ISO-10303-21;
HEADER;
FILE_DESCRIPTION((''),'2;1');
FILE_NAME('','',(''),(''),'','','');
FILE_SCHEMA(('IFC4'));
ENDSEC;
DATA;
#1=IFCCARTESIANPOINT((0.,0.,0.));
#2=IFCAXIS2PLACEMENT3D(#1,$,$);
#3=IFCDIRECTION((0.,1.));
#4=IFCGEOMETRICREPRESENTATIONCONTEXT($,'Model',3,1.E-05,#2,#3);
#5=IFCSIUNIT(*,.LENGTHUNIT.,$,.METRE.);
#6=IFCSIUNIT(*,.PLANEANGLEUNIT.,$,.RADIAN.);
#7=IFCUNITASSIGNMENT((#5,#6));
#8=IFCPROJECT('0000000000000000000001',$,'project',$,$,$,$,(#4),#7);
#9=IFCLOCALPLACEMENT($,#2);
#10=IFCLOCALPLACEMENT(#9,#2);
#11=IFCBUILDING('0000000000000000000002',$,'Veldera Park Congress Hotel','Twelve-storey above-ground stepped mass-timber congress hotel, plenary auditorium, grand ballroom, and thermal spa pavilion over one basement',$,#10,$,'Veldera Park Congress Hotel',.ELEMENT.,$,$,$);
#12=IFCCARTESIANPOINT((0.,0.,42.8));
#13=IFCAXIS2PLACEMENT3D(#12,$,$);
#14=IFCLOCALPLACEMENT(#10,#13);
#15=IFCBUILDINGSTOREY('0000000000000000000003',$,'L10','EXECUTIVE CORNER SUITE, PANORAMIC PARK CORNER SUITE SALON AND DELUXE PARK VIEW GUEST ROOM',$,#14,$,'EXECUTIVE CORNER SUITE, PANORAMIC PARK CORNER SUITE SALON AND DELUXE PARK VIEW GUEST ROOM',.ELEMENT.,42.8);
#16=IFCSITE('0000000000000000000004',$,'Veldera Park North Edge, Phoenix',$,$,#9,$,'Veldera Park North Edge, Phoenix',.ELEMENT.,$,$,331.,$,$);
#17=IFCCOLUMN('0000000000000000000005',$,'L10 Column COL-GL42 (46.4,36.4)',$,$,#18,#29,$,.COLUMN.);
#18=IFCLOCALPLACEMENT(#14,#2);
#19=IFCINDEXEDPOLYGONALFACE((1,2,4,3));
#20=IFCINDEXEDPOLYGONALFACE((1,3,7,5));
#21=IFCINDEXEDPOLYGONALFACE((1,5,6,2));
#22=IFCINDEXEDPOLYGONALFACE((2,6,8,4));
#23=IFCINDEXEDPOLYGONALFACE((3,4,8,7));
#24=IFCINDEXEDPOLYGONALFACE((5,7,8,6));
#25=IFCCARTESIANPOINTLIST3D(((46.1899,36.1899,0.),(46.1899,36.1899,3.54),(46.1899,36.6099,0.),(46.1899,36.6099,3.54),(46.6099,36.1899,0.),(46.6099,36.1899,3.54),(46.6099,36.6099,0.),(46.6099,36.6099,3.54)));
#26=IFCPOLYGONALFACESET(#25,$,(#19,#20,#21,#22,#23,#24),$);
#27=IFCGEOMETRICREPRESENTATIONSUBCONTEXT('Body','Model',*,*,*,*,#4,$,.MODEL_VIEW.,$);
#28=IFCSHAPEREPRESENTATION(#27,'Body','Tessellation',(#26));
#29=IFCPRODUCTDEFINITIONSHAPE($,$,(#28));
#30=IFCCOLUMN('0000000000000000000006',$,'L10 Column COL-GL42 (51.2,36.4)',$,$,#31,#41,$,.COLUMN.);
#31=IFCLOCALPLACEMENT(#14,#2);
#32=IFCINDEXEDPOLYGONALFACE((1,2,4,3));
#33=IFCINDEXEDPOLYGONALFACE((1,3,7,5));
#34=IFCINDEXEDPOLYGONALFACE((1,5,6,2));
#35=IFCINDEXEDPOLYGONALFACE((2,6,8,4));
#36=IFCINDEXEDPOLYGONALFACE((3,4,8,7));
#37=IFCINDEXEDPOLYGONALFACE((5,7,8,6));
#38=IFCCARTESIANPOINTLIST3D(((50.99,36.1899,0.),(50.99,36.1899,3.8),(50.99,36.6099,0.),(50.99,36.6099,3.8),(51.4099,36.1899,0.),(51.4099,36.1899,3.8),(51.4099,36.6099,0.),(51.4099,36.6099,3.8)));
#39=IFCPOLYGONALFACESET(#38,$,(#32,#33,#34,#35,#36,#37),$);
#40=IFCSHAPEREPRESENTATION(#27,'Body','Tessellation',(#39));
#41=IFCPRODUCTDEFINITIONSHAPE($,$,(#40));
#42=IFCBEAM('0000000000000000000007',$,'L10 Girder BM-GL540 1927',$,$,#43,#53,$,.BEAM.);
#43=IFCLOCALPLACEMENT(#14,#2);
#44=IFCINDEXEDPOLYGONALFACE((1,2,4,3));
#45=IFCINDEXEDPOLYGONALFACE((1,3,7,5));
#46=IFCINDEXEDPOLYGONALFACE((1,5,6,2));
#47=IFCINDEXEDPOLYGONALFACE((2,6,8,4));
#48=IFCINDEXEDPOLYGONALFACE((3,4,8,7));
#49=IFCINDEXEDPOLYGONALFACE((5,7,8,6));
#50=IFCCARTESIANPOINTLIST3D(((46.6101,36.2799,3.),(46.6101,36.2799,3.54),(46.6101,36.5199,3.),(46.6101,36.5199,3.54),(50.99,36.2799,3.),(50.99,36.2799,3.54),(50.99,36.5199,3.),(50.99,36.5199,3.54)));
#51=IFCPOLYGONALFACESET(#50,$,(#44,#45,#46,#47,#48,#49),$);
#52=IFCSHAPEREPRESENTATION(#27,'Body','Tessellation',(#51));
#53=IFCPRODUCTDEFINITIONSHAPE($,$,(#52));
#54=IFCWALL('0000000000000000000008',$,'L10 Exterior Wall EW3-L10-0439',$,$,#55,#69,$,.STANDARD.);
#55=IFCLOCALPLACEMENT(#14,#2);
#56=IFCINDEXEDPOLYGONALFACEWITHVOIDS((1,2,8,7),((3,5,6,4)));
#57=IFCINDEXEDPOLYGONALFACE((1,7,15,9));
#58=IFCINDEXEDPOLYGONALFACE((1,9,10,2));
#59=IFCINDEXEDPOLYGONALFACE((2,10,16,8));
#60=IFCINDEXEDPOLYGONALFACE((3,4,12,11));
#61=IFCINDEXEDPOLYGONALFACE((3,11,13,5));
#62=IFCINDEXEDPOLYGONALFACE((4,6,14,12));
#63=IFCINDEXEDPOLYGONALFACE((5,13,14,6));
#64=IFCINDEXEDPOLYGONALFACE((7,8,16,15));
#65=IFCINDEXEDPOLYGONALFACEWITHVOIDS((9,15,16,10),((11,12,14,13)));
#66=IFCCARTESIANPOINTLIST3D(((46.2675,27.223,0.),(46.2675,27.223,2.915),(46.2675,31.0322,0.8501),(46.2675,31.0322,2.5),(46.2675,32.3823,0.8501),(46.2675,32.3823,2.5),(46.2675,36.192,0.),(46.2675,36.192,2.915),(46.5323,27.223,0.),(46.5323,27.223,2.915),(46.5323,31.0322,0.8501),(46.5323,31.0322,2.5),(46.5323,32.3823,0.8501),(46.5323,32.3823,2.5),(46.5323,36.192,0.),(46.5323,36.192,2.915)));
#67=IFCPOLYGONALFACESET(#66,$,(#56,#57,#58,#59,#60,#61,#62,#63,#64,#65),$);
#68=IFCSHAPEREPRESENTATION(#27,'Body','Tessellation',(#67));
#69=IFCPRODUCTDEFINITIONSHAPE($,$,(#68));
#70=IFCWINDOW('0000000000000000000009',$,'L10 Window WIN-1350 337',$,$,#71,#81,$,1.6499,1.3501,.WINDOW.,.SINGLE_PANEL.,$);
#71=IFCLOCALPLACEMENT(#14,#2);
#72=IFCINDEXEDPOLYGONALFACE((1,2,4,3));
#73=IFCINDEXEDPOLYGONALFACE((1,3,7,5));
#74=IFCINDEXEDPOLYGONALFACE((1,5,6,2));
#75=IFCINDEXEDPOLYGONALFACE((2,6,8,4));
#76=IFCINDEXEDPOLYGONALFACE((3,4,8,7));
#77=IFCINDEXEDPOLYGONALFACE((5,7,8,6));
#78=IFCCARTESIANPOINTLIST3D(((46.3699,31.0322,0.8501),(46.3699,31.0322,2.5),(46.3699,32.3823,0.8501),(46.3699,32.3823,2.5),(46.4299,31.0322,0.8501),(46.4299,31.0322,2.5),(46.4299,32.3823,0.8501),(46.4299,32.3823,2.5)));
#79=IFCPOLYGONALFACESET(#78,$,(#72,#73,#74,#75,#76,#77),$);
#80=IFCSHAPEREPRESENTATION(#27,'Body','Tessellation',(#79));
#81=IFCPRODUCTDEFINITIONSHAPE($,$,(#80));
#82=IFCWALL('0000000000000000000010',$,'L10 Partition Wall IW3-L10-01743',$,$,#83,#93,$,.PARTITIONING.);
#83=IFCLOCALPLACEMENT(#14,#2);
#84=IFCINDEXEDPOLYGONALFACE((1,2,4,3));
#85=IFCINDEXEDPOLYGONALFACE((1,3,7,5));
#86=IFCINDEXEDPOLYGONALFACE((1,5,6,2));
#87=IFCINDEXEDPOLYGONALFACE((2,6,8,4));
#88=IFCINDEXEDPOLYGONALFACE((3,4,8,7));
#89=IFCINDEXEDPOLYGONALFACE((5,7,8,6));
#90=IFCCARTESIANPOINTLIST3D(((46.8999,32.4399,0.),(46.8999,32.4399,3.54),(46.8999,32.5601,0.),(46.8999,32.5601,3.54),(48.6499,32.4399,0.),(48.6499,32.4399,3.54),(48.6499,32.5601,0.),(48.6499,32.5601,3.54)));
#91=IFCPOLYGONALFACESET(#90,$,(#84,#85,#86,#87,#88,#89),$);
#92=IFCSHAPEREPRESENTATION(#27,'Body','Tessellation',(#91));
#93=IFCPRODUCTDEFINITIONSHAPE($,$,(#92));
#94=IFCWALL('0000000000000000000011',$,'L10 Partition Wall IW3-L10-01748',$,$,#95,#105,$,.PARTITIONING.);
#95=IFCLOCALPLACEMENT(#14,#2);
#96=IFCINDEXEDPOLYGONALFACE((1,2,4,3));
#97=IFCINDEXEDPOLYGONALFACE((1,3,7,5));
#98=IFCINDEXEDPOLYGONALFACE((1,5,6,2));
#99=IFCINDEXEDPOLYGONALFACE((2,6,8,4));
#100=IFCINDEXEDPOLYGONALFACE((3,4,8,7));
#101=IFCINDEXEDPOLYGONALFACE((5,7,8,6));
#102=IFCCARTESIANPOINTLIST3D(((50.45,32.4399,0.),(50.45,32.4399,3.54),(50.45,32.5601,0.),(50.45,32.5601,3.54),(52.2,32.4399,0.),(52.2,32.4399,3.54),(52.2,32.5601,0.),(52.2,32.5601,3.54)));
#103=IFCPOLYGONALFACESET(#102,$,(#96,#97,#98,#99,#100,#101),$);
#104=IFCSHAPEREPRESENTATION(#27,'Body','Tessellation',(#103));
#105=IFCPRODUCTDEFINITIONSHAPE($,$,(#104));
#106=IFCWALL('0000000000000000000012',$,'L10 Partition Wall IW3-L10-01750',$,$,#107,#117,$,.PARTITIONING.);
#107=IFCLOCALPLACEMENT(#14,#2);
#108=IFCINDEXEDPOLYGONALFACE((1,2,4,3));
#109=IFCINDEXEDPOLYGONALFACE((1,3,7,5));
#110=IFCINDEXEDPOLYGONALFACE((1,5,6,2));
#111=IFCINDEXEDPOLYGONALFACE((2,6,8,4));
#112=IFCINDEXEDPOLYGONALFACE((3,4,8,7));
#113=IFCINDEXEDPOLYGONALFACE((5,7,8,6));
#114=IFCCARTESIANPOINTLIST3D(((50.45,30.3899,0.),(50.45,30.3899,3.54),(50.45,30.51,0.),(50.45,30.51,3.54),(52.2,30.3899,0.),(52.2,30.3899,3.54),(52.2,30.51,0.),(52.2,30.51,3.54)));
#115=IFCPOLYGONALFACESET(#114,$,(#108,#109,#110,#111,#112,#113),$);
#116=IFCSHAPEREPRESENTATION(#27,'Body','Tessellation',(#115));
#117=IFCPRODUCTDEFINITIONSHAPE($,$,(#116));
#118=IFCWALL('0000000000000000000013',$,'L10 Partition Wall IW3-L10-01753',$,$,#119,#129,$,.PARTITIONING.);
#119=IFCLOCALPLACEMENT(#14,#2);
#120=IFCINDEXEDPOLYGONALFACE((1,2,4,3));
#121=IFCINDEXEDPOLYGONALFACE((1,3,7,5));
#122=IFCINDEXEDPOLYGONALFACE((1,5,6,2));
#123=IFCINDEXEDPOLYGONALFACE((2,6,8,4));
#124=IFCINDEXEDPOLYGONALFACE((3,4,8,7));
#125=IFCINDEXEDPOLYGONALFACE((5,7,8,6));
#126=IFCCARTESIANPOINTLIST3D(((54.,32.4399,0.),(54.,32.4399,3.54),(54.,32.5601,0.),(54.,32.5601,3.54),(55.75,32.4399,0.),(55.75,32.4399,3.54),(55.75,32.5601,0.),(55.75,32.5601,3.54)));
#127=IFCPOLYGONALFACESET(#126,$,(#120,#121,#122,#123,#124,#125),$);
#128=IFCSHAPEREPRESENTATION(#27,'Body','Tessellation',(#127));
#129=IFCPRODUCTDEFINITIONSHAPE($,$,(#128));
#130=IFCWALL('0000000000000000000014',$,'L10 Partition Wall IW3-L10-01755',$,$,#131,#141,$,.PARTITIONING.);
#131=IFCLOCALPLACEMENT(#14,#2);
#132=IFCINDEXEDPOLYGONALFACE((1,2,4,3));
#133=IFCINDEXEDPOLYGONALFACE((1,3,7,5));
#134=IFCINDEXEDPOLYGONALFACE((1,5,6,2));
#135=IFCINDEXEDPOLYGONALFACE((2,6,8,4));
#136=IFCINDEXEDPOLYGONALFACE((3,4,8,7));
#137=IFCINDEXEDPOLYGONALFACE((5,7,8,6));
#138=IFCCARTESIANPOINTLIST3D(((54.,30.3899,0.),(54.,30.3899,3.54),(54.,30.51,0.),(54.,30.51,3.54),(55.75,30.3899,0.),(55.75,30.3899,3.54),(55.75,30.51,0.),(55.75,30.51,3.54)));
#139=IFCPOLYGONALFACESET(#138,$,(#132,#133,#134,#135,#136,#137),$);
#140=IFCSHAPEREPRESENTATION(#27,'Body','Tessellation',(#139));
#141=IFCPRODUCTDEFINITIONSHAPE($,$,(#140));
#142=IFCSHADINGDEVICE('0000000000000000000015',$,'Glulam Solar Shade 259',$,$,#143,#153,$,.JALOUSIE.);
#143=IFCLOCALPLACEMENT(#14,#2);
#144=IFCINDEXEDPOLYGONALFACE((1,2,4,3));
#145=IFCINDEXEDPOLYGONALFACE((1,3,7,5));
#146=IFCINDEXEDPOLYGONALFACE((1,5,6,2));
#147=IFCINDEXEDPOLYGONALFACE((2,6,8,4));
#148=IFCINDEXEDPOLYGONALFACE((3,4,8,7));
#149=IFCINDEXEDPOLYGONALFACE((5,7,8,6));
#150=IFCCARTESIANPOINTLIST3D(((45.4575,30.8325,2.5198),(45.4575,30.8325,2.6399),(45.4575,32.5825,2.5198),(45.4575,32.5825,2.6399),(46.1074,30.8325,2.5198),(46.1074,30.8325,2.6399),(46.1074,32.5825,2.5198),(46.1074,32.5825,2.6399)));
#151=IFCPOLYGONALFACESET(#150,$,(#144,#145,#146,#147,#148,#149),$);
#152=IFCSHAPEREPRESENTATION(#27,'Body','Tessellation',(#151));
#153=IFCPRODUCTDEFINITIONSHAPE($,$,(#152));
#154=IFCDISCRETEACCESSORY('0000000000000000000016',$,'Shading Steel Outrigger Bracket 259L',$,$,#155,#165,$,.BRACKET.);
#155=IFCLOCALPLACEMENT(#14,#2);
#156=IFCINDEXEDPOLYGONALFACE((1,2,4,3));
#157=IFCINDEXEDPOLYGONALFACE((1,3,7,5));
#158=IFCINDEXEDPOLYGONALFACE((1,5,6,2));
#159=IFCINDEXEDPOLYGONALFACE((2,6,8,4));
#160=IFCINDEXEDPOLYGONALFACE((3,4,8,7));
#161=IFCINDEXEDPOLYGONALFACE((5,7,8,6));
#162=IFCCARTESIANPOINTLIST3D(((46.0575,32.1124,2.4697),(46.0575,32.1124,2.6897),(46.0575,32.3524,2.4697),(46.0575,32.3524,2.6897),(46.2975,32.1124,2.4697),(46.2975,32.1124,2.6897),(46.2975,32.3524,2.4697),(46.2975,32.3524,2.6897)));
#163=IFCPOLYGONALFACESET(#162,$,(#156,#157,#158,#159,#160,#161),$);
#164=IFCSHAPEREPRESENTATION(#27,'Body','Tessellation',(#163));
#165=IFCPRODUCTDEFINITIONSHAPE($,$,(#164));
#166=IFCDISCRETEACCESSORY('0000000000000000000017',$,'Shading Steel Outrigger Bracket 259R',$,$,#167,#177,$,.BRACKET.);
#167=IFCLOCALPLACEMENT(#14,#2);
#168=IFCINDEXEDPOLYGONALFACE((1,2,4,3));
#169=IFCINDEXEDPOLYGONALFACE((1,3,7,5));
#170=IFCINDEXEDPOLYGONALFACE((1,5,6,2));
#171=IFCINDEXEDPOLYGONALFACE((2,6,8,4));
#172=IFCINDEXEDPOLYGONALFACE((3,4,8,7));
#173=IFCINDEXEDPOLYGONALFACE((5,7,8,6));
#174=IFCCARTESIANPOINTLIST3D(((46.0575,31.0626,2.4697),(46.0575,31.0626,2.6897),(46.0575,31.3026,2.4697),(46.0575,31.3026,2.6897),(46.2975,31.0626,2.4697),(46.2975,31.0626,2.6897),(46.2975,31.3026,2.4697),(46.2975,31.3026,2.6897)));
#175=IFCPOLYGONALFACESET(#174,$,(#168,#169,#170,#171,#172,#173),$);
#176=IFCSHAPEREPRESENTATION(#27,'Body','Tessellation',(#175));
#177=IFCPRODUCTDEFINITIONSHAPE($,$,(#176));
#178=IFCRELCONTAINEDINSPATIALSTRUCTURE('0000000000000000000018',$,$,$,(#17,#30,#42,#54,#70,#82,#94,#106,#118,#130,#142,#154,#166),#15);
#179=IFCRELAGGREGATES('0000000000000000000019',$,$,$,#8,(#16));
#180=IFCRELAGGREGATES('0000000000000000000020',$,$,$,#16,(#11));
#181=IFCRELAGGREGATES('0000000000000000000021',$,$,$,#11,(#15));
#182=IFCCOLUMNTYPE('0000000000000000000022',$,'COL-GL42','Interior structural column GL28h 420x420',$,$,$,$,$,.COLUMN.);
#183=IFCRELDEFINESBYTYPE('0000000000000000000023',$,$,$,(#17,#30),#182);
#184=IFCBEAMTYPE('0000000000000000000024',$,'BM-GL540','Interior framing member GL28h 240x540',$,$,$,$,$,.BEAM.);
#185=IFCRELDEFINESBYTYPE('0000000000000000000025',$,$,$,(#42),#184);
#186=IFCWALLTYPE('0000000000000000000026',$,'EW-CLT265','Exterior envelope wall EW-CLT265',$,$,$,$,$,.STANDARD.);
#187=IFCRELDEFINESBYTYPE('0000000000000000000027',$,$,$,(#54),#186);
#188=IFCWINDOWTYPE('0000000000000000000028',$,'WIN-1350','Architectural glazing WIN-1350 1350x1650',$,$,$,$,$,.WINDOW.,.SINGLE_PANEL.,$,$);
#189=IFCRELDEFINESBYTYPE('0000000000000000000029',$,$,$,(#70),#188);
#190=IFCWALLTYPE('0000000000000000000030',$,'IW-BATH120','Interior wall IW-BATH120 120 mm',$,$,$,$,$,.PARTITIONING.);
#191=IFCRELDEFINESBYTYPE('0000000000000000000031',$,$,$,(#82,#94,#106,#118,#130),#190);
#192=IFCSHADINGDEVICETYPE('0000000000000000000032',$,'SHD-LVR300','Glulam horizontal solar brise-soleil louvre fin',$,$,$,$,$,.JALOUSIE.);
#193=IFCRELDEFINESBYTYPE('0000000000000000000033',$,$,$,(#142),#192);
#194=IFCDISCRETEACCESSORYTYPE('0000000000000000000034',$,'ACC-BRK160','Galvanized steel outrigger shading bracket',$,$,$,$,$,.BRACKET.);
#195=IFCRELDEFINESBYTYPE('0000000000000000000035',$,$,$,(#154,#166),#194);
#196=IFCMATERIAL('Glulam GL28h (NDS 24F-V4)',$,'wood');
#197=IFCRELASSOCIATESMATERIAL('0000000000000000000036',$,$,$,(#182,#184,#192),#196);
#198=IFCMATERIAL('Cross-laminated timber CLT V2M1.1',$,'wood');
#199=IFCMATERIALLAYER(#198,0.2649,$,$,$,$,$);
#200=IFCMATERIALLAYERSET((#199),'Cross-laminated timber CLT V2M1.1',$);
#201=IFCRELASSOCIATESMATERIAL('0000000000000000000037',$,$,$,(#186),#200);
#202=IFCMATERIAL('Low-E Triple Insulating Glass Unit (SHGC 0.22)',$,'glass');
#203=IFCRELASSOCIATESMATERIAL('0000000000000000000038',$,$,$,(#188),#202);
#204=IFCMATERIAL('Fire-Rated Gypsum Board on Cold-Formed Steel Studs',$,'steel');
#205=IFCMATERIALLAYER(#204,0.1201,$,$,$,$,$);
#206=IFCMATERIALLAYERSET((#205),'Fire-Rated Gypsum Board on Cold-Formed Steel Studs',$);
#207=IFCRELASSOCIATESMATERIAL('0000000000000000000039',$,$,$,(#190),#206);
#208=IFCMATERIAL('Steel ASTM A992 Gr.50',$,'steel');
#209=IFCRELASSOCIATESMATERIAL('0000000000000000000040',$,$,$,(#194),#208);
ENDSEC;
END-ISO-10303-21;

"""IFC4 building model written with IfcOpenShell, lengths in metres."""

from ifc_helpers import new_model, si_unit, direction, frame, frame_2d, origin, origin_2d, place, context, subcontext, project, spatial, rectangle, extrude, material, layer, layer_set, material_profile, profile_set, type_object, element, fill, save


model = new_model("IFC4")

# Units and contexts
model_context = context("Model", 3, precision=1e-05, world=origin(), true_north=direction((0.0, 1.0)))
body_context = subcontext(model_context, "Body", "Model", "MODEL_VIEW")
ifc_project = project(units=[si_unit("LENGTHUNIT", "METRE"), si_unit("PLANEANGLEUNIT", "RADIAN")], contexts=[model_context])

# Site, building, storey
site_placement = place(None, origin())
site = spatial("IfcSite", under=ifc_project, at=site_placement, Name="Veldera Park North Edge, Phoenix", LongName="Veldera Park North Edge, Phoenix", CompositionType="ELEMENT", RefElevation=331.0)
building_placement = place(site_placement, origin())
building = spatial("IfcBuilding", under=site, at=building_placement, Name="Veldera Park Congress Hotel", Description="Twelve-storey above-ground stepped mass-timber congress hotel, plenary auditorium, grand ballroom, and thermal spa pavilion over one basement", LongName="Veldera Park Congress Hotel", CompositionType="ELEMENT")
storey_placement = place(building_placement, frame((0.0, 0.0, 42.8)))
storey = spatial("IfcBuildingStorey", under=building, at=storey_placement, Name="L10", Description="EXECUTIVE CORNER SUITE, PANORAMIC PARK CORNER SUITE SALON AND DELUXE PARK VIEW GUEST ROOM", LongName="EXECUTIVE CORNER SUITE, PANORAMIC PARK CORNER SUITE SALON AND DELUXE PARK VIEW GUEST ROOM", CompositionType="ELEMENT", Elevation=42.8)

# Columns
ifc_material_1 = material(Name="Glulam GL28h (NDS 24F-V4)", Category="wood")
ifc_material_profile_1 = material_profile(ifc_material_1, rectangle(XDim=0.4199, YDim=0.4199, at=origin_2d()), Name="GL28h 420x420")
ifc_profile_set_1 = profile_set([ifc_material_profile_1], Name="Glulam GL28h (NDS 24F-V4)")
column_type = type_object("IfcColumnType", Name="COL-GL42", Description="Interior structural column GL28h 420x420", PredefinedType="COLUMN", material=ifc_profile_set_1)
column_1_placement = place(storey_placement, frame((46.3999, 36.3999, 0.0), z_axis=(0.0, 0.0, 1.0), x_axis=(1.0, 0.0, 0.0)))
element("IfcColumn", 1, at=column_1_placement, inside=storey, type_object=column_type, Name="L10 Column COL-GL42 (46.4,36.4)", PredefinedType="COLUMN", context=body_context, shape_type="SweptSolid", body=[
    extrude(rectangle(XDim=0.4199, YDim=0.4199, at=origin_2d()), origin(), (0.0, 0.0, 1.0), 3.54),
])
column_2_placement = place(storey_placement, frame((51.2, 36.3999, 0.0), z_axis=(0.0, 0.0, 1.0), x_axis=(1.0, 0.0, 0.0)))
element("IfcColumn", 2, at=column_2_placement, inside=storey, type_object=column_type, Name="L10 Column COL-GL42 (51.2,36.4)", PredefinedType="COLUMN", context=body_context, shape_type="SweptSolid", body=[
    extrude(rectangle(XDim=0.4199, YDim=0.4199, at=origin_2d()), origin(), (0.0, 0.0, 1.0), 3.8),
])

# Beam
ifc_material_profile_2 = material_profile(ifc_material_1, rectangle(XDim=0.24, YDim=0.54, at=origin_2d()), Name="GL28h 240x540")
ifc_profile_set_2 = profile_set([ifc_material_profile_2], Name="Glulam GL28h (NDS 24F-V4)")
beam_type = type_object("IfcBeamType", Name="BM-GL540", Description="Interior framing member GL28h 240x540", PredefinedType="BEAM", material=ifc_profile_set_2)
beam_placement = place(storey_placement, frame((46.6101, 36.3999, 3.27), z_axis=(1.0, 0.0, 0.0), x_axis=(0.0, 1.0, 0.0)))
element("IfcBeam", 3, at=beam_placement, inside=storey, type_object=beam_type, Name="L10 Girder BM-GL540 1927", PredefinedType="BEAM", context=body_context, shape_type="SweptSolid", body=[
    extrude(rectangle(XDim=0.24, YDim=0.54, at=origin_2d()), origin(), (0.0, 0.0, 1.0), 4.3799),
])

# Wall, opening, window
ifc_material_2 = material(Name="Cross-laminated timber CLT V2M1.1", Category="wood")
ifc_layer_1 = layer(ifc_material_2, 0.2649)
ifc_layer_set_1 = layer_set([ifc_layer_1], Name="Cross-laminated timber CLT V2M1.1")
wall_type_1 = type_object("IfcWallType", Name="EW-CLT265", Description="Exterior envelope wall EW-CLT265", PredefinedType="STANDARD", material=ifc_layer_set_1)
wall_1_placement = place(storey_placement, frame((46.3999, 36.1919, 0.0), z_axis=(0.0, 0.0, 1.0), x_axis=(0.0, -1.0, 0.0)))
wall_1 = element("IfcWall", 4, at=wall_1_placement, inside=storey, type_object=wall_type_1, Name="L10 Exterior Wall EW3-L10-0439", PredefinedType="STANDARD", context=body_context, shape_type="SweptSolid", body=[
    extrude(rectangle(XDim=8.969, YDim=0.2649, at=frame_2d((4.4844, 0.0))), origin(), (0.0, 0.0, 1.0), 2.915),
])
opening_1_placement = place(wall_1_placement, frame((3.8096, 0.0, 0.8501)))
opening_1 = element("IfcOpeningElement", 5, at=opening_1_placement, cuts=wall_1, PredefinedType="OPENING", context=body_context, shape_type="SweptSolid", body=[
    extrude(rectangle(XDim=1.3501, YDim=1.6499, at=frame_2d((0.675, 0.825))), frame((0.0, 0.1445, 0.0), z_axis=(0.0, -1.0, 0.0), x_axis=(1.0, 0.0, 0.0)), (0.0, 0.0, 1.0), 0.2888),
])
ifc_material_3 = material(Name="Low-E Triple Insulating Glass Unit (SHGC 0.22)", Category="glass")
window_type = type_object("IfcWindowType", Name="WIN-1350", Description="Architectural glazing WIN-1350 1350x1650", PartitioningType="SINGLE_PANEL", PredefinedType="WINDOW", material=ifc_material_3)
window_placement = place(opening_1_placement, origin())
window = element("IfcWindow", 6, at=window_placement, inside=storey, type_object=window_type, Name="L10 Window WIN-1350 337", OverallHeight=1.6499, OverallWidth=1.3501, PartitioningType="SINGLE_PANEL", PredefinedType="WINDOW", context=body_context, shape_type="SweptSolid", body=[
    extrude(rectangle(XDim=1.3501, YDim=1.6499, at=frame_2d((0.675, 0.825))), frame((0.0, 0.03, 0.0), z_axis=(0.0, -1.0, 0.0), x_axis=(1.0, 0.0, 0.0)), (0.0, 0.0, 1.0), 0.0601),
])
fill(opening_1, window)

# Walls
ifc_material_4 = material(Name="Fire-Rated Gypsum Board on Cold-Formed Steel Studs", Category="steel")
ifc_layer_2 = layer(ifc_material_4, 0.1201)
ifc_layer_set_2 = layer_set([ifc_layer_2], Name="Fire-Rated Gypsum Board on Cold-Formed Steel Studs")
wall_type_2 = type_object("IfcWallType", Name="IW-BATH120", Description="Interior wall IW-BATH120 120 mm", PredefinedType="PARTITIONING", material=ifc_layer_set_2)
for number, where, z_axis, x_axis, name in (
    (7, (46.8999, 32.5, 0.0), (0.0, 0.0, 1.0), (1.0, 0.0, 0.0), "L10 Partition Wall IW3-L10-01743"),
    (8, (50.45, 32.5, 0.0), (0.0, 0.0, 1.0), (1.0, 0.0, 0.0), "L10 Partition Wall IW3-L10-01748"),
):
    element("IfcWall", number, at=place(storey_placement, frame(where, z_axis=z_axis, x_axis=x_axis)), inside=storey, type_object=wall_type_2, Name=name, PredefinedType="PARTITIONING", context=body_context, shape_type="SweptSolid", body=[
        extrude(rectangle(XDim=1.75, YDim=0.1201, at=frame_2d((0.875, 0.0))), origin(), (0.0, 0.0, 1.0), 3.54),
    ])

# Walls
for number, where, z_axis, x_axis, name in (
    (9, (50.45, 30.45, 0.0), (0.0, 0.0, 1.0), (1.0, 0.0, 0.0), "L10 Partition Wall IW3-L10-01750"),
    (10, (54.0, 32.5, 0.0), (0.0, 0.0, 1.0), (1.0, 0.0, 0.0), "L10 Partition Wall IW3-L10-01753"),
):
    element("IfcWall", number, at=place(storey_placement, frame(where, z_axis=z_axis, x_axis=x_axis)), inside=storey, type_object=wall_type_2, Name=name, PredefinedType="PARTITIONING", context=body_context, shape_type="SweptSolid", body=[
        extrude(rectangle(XDim=1.75, YDim=0.1201, at=frame_2d((0.875, 0.0))), origin(), (0.0, 0.0, 1.0), 3.54),
    ])

# Wall
wall_2_placement = place(storey_placement, frame((54.0, 30.45, 0.0), z_axis=(0.0, 0.0, 1.0), x_axis=(1.0, 0.0, 0.0)))
element("IfcWall", 11, at=wall_2_placement, inside=storey, type_object=wall_type_2, Name="L10 Partition Wall IW3-L10-01755", PredefinedType="PARTITIONING", context=body_context, shape_type="SweptSolid", body=[
    extrude(rectangle(XDim=1.75, YDim=0.1201, at=frame_2d((0.875, 0.0))), origin(), (0.0, 0.0, 1.0), 3.54),
])

# Shading device
shading_device_type = type_object("IfcShadingDeviceType", Name="SHD-LVR300", Description="Glulam horizontal solar brise-soleil louvre fin", PredefinedType="JALOUSIE", material=ifc_material_1)
shading_device_placement = place(storey_placement, frame((45.7825, 31.7075, 2.5198), z_axis=(0.0, 0.0, 1.0), x_axis=(0.0, -1.0, 0.0)))
element("IfcShadingDevice", 12, at=shading_device_placement, inside=storey, type_object=shading_device_type, Name="Glulam Solar Shade 259", PredefinedType="JALOUSIE", context=body_context, shape_type="SweptSolid", body=[
    extrude(rectangle(XDim=1.75, YDim=0.6499, at=origin_2d()), origin(), (0.0, 0.0, 1.0), 0.1201),
])

# Discrete accessories
ifc_material_5 = material(Name="Steel ASTM A992 Gr.50", Category="steel")
discrete_accessory_type = type_object("IfcDiscreteAccessoryType", Name="ACC-BRK160", Description="Galvanized steel outrigger shading bracket", PredefinedType="BRACKET", material=ifc_material_5)
for number, where, z_axis, x_axis, name in (
    (13, (46.1775, 32.2324, 2.4697), (0.0, 0.0, 1.0), (0.0, -1.0, 0.0), "Shading Steel Outrigger Bracket 259L"),
    (14, (46.1775, 31.1826, 2.4697), (0.0, 0.0, 1.0), (0.0, -1.0, 0.0), "Shading Steel Outrigger Bracket 259R"),
):
    element("IfcDiscreteAccessory", number, at=place(storey_placement, frame(where, z_axis=z_axis, x_axis=x_axis)), inside=storey, type_object=discrete_accessory_type, Name=name, PredefinedType="BRACKET", context=body_context, shape_type="SweptSolid", body=[
        extrude(rectangle(XDim=0.24, YDim=0.24, at=origin_2d()), origin(), (0.0, 0.0, 1.0), 0.22),
    ])

save(model, "model.ifc")
